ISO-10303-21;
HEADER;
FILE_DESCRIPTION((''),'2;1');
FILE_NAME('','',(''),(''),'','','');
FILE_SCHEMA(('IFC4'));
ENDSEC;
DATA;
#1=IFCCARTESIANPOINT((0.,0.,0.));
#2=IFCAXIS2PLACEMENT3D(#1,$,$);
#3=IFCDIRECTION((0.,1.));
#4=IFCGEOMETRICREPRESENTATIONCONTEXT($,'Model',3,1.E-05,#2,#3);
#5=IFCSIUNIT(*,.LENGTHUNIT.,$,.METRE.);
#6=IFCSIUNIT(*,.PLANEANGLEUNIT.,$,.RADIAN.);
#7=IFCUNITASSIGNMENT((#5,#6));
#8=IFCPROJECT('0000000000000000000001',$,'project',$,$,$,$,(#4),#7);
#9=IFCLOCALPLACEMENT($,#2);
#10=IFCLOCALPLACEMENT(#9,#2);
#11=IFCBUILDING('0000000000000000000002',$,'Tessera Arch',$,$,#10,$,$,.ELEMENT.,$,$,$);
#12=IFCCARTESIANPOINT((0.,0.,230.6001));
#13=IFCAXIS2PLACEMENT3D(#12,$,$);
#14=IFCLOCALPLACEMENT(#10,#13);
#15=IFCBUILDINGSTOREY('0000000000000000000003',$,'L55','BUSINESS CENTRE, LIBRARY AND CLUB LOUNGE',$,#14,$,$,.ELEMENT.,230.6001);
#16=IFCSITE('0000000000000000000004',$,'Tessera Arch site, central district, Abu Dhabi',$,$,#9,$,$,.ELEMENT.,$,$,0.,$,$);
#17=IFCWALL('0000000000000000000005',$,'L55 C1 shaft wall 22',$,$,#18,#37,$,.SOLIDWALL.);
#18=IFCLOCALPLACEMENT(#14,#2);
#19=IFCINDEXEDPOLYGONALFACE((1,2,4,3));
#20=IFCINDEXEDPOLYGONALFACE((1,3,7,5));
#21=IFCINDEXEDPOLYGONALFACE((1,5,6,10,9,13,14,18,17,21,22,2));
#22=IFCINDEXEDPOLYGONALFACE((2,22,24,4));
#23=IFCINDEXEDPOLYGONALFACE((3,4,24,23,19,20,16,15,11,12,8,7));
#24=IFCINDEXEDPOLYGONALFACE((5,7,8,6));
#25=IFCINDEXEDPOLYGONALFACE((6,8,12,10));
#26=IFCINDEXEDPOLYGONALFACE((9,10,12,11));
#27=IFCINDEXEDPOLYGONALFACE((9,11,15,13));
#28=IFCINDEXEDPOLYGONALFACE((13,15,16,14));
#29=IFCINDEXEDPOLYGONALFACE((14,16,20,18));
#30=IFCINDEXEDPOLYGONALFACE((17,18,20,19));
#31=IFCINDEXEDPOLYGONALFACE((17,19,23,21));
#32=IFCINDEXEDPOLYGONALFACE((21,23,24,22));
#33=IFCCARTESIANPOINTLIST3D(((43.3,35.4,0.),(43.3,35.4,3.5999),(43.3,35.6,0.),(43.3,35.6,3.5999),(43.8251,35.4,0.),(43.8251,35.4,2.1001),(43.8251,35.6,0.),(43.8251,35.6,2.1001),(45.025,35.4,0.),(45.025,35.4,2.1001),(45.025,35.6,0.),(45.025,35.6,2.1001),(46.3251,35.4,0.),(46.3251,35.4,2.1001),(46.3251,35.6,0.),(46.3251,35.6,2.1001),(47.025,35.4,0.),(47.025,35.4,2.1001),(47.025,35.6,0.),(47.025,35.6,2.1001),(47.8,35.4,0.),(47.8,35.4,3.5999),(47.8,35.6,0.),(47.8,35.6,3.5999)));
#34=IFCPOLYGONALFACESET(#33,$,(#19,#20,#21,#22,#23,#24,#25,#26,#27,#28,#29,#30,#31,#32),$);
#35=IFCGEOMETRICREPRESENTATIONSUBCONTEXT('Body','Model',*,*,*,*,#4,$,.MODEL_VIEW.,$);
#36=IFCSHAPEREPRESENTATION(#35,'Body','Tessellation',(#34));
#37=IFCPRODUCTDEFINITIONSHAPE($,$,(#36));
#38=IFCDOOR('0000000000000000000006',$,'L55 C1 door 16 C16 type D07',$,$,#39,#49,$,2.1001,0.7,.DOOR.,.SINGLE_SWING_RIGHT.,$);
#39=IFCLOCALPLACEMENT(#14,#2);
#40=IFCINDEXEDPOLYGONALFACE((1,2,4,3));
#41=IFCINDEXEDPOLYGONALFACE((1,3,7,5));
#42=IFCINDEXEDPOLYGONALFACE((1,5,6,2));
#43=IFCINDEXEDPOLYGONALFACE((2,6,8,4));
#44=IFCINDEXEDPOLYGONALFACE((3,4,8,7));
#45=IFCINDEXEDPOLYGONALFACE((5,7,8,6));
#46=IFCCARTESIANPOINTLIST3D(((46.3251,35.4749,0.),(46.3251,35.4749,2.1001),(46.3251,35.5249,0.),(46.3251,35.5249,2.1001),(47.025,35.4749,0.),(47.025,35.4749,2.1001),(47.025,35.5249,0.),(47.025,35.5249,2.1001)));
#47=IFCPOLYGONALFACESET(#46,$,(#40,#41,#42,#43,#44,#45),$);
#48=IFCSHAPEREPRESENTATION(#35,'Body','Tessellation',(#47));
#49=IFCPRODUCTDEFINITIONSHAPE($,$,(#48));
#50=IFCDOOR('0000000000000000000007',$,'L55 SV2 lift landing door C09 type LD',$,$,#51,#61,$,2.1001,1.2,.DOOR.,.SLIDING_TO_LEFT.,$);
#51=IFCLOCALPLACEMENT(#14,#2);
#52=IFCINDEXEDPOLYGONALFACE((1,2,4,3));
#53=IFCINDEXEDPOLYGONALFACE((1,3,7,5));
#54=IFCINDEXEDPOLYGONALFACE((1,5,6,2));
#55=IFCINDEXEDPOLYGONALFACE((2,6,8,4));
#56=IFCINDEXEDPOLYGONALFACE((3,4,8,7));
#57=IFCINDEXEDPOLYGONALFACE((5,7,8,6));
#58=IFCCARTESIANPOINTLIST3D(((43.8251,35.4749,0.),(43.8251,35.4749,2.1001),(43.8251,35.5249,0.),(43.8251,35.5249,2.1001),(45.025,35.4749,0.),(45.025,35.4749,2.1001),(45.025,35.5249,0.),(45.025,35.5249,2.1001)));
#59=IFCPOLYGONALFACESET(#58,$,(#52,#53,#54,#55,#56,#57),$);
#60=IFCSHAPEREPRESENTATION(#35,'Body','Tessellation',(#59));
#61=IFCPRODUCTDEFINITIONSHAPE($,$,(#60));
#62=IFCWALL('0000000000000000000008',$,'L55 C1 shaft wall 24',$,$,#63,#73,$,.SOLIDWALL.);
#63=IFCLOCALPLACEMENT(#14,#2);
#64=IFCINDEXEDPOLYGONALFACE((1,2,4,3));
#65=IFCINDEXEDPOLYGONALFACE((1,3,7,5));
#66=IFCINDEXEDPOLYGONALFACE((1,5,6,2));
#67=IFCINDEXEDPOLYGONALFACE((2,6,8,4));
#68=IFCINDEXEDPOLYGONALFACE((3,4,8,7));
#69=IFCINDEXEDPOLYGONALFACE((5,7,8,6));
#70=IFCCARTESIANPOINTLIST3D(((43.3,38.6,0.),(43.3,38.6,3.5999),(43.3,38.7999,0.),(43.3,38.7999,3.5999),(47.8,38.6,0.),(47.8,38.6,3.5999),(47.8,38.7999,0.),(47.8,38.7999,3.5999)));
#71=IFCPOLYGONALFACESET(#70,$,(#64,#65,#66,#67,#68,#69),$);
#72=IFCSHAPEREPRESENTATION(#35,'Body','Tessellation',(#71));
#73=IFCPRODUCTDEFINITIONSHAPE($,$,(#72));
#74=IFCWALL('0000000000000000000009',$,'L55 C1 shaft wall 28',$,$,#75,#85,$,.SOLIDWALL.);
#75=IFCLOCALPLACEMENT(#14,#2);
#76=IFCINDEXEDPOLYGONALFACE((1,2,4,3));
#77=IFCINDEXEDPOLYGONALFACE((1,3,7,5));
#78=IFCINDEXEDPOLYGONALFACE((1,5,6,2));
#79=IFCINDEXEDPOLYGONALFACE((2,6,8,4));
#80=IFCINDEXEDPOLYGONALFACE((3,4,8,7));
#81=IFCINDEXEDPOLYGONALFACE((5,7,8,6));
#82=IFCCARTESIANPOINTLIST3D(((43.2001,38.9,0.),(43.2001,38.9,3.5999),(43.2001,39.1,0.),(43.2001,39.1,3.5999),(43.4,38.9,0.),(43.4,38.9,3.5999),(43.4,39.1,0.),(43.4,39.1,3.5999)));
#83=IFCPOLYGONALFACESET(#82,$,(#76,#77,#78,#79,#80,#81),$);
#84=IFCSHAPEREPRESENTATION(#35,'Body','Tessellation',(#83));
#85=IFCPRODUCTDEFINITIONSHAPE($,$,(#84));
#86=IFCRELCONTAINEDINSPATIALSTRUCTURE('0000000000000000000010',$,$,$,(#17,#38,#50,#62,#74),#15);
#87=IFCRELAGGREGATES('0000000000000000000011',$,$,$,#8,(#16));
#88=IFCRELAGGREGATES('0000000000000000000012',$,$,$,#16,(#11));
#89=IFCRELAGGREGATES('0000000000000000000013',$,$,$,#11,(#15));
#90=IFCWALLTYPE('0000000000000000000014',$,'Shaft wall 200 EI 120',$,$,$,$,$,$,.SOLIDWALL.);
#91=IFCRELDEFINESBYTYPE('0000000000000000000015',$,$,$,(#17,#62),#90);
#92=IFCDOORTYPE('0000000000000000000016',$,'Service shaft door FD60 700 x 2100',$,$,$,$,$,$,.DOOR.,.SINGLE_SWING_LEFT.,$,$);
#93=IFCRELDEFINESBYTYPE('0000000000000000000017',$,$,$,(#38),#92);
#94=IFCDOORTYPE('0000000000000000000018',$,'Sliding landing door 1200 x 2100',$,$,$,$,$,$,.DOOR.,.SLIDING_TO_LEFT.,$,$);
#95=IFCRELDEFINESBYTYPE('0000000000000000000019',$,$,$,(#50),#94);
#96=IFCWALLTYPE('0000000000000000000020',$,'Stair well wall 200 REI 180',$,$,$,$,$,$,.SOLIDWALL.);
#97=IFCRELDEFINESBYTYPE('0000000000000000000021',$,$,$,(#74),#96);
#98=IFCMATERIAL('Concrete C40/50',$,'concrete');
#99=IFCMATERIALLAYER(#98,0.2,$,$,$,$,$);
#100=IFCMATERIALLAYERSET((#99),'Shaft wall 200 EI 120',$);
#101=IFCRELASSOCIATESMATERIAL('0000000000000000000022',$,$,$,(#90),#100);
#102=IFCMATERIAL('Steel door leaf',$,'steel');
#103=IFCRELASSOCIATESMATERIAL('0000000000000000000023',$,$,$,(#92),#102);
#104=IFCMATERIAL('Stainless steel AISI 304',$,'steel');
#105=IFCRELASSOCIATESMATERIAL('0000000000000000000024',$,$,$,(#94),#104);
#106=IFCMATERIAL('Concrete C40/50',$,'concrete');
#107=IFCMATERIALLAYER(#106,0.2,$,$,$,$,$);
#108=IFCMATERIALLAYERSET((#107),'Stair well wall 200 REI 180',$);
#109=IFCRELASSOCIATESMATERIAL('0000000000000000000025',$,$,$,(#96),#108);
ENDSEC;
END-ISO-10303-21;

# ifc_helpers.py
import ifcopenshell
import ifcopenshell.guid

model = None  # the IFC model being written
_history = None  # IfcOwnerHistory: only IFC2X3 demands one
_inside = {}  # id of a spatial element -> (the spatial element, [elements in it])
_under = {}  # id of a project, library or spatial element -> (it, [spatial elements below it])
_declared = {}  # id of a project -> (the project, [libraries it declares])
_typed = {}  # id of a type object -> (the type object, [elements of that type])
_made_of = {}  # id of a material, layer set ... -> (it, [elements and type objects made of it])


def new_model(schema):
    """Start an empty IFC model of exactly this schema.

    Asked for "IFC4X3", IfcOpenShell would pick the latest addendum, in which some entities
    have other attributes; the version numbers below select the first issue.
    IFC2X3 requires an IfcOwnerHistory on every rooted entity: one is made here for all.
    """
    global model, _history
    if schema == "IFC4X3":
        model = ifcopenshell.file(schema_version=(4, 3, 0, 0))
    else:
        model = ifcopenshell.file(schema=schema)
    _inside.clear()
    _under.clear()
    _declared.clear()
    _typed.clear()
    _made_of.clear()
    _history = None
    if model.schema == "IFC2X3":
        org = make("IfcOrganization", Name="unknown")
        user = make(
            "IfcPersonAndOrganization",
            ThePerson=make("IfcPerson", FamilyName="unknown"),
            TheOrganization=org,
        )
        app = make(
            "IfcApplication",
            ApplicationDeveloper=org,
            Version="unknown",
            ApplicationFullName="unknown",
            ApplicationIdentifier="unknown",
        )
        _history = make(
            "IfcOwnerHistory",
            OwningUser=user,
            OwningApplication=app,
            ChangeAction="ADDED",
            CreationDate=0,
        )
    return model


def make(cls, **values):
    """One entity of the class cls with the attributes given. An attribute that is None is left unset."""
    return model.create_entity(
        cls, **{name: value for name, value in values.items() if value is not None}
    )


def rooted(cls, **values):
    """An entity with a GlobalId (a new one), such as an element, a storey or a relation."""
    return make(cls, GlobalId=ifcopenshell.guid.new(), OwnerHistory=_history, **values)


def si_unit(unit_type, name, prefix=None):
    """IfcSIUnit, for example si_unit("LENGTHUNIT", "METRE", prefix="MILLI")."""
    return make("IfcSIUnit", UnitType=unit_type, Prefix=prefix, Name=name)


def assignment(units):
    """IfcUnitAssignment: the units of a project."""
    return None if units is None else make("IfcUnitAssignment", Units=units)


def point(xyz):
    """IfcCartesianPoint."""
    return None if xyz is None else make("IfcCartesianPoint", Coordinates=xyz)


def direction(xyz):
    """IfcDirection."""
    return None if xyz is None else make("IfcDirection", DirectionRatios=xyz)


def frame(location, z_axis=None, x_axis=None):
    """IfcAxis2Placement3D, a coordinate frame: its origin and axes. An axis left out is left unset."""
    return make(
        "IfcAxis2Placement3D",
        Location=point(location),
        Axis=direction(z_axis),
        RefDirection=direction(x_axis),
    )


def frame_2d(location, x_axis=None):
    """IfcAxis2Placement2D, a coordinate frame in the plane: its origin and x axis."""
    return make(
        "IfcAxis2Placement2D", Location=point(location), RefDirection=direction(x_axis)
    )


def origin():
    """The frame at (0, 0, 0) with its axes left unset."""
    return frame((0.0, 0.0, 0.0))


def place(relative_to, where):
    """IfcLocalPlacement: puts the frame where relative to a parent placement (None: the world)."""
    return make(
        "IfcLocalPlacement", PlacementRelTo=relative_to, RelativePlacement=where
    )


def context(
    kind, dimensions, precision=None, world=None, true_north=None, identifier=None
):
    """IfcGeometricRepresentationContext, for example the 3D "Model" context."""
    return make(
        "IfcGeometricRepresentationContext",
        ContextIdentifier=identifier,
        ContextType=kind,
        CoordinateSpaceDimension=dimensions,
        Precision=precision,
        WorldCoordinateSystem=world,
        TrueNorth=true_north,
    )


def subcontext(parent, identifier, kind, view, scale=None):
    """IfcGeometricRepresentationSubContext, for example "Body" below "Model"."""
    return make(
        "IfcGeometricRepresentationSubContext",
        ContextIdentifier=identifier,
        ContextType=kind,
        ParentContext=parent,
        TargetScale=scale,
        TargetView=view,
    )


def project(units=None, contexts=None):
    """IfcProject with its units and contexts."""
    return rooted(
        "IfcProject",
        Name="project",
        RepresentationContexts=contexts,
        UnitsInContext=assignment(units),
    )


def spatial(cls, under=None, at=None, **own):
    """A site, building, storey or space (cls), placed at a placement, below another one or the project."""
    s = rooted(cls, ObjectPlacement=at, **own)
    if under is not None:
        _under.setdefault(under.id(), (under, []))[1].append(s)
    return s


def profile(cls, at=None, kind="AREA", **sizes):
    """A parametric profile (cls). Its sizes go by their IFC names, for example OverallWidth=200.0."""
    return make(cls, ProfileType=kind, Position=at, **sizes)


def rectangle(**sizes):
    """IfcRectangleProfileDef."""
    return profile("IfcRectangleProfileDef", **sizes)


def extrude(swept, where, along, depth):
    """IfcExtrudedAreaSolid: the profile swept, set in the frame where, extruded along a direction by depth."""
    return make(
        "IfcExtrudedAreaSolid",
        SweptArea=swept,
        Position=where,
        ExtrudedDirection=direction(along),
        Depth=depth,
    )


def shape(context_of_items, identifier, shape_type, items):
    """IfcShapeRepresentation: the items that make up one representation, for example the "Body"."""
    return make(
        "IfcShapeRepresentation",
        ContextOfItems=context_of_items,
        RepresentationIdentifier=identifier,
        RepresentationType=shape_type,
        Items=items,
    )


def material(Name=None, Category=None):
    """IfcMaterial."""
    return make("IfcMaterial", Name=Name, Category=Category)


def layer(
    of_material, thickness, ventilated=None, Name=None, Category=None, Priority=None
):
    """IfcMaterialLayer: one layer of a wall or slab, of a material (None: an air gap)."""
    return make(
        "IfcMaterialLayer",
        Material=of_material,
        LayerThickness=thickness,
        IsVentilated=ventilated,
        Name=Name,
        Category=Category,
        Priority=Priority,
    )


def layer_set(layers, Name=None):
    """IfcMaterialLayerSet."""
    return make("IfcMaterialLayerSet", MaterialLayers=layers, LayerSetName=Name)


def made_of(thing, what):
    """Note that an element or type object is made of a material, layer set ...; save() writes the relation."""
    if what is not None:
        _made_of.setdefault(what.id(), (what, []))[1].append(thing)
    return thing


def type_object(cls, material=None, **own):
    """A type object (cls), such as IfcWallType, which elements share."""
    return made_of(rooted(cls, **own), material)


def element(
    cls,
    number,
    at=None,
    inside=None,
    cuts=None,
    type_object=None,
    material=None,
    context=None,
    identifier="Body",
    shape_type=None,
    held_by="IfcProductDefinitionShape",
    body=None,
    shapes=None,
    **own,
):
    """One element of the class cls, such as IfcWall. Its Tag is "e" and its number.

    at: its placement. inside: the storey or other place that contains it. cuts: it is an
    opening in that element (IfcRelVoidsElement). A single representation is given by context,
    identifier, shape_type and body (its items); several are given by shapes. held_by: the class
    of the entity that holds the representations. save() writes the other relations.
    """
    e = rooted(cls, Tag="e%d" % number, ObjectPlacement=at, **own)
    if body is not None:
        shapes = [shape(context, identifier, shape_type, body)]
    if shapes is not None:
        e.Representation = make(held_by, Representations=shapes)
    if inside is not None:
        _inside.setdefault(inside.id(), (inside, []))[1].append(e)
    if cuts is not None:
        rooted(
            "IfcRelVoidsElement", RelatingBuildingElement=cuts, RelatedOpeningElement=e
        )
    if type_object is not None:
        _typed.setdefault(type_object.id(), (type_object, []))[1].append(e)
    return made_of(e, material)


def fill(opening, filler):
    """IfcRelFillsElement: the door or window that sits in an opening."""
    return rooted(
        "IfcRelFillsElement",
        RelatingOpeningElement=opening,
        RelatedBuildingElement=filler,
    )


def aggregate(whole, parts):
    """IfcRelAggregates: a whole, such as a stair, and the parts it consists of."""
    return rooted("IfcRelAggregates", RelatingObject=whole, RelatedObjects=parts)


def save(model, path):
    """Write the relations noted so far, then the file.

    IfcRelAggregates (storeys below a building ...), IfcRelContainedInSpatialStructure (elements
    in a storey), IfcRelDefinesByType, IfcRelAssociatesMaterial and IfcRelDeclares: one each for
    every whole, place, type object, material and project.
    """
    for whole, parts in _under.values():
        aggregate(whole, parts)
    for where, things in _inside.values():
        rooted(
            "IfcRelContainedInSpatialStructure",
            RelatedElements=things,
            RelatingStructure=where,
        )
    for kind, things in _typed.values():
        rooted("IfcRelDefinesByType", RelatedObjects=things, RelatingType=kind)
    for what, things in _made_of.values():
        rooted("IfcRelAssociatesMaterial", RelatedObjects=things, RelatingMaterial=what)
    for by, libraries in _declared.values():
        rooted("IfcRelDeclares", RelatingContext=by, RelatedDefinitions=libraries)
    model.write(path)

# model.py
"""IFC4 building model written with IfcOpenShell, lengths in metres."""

from ifc_helpers import new_model, si_unit, direction, frame, frame_2d, origin, place, context, subcontext, project, spatial, rectangle, extrude, material, layer, layer_set, type_object, element, fill, save


model = new_model("IFC4")

# Units and contexts
model_context = context("Model", 3, precision=1e-05, world=origin(), true_north=direction((0.0, 1.0)))
body_context = subcontext(model_context, "Body", "Model", "MODEL_VIEW")
ifc_project = project(units=[si_unit("LENGTHUNIT", "METRE"), si_unit("PLANEANGLEUNIT", "RADIAN")], contexts=[model_context])

# Site, building, storey
site_placement = place(None, origin())
site = spatial("IfcSite", under=ifc_project, at=site_placement, Name="Tessera Arch site, central district, Abu Dhabi", CompositionType="ELEMENT", RefElevation=0.0)
building_placement = place(site_placement, origin())
building = spatial("IfcBuilding", under=site, at=building_placement, Name="Tessera Arch", CompositionType="ELEMENT")
storey_placement = place(building_placement, frame((0.0, 0.0, 230.6001)))
storey = spatial("IfcBuildingStorey", under=building, at=storey_placement, Name="L55", Description="BUSINESS CENTRE, LIBRARY AND CLUB LOUNGE", CompositionType="ELEMENT", Elevation=230.6001)

# Shared definitions
ifc_material_1 = material(Name="Concrete C40/50", Category="concrete")
ifc_layer_1 = layer(ifc_material_1, 0.2)
ifc_layer_set_1 = layer_set([ifc_layer_1], Name="Shaft wall 200 EI 120")
wall_type_1 = type_object("IfcWallType", Name="Shaft wall 200 EI 120", PredefinedType="SOLIDWALL", material=ifc_layer_set_1)

# Wall, openings, doors
wall_1_placement = place(storey_placement, frame((43.3, 35.5, 0.0), z_axis=(0.0, 0.0, 1.0), x_axis=(1.0, 0.0, 0.0)))
wall_1 = element("IfcWall", 1, at=wall_1_placement, inside=storey, type_object=wall_type_1, Name="L55 C1 shaft wall 22", PredefinedType="SOLIDWALL", context=body_context, shape_type="SweptSolid", body=[
    extrude(rectangle(XDim=4.5, YDim=0.2, at=frame_2d((2.25, 0.0))), origin(), (0.0, 0.0, 1.0), 3.5999),
])
opening_1_placement = place(wall_1_placement, frame((0.5249, 0.0, 0.0)))
opening_1 = element("IfcOpeningElement", 2, at=opening_1_placement, cuts=wall_1, PredefinedType="OPENING", context=body_context, shape_type="SweptSolid", body=[
    extrude(rectangle(XDim=1.2, YDim=2.1001, at=frame_2d((0.6001, 1.05))), frame((0.0, 0.1099, 0.0), z_axis=(0.0, -1.0, 0.0), x_axis=(1.0, 0.0, 0.0)), (0.0, 0.0, 1.0), 0.22),
])
opening_2_placement = place(wall_1_placement, frame((3.0249, 0.0, 0.0)))
opening_2 = element("IfcOpeningElement", 3, at=opening_2_placement, cuts=wall_1, PredefinedType="OPENING", context=body_context, shape_type="SweptSolid", body=[
    extrude(rectangle(XDim=0.7, YDim=2.1001, at=frame_2d((0.3501, 1.05))), frame((0.0, 0.1099, 0.0), z_axis=(0.0, -1.0, 0.0), x_axis=(1.0, 0.0, 0.0)), (0.0, 0.0, 1.0), 0.22),
])
ifc_material_2 = material(Name="Steel door leaf", Category="steel")
door_type_1 = type_object("IfcDoorType", Name="Service shaft door FD60 700 x 2100", OperationType="SINGLE_SWING_LEFT", PredefinedType="DOOR", material=ifc_material_2)
door_1_placement = place(opening_2_placement, origin())
door_1 = element("IfcDoor", 4, at=door_1_placement, inside=storey, type_object=door_type_1, Name="L55 C1 door 16 C16 type D07", OperationType="SINGLE_SWING_RIGHT", OverallHeight=2.1001, OverallWidth=0.7, PredefinedType="DOOR", context=body_context, shape_type="SweptSolid", body=[
    extrude(rectangle(XDim=0.7, YDim=2.1001, at=frame_2d((0.3501, 1.05))), frame((0.0, 0.0249, 0.0), z_axis=(0.0, -1.0, 0.0), x_axis=(1.0, 0.0, 0.0)), (0.0, 0.0, 1.0), 0.05),
])
fill(opening_2, door_1)
ifc_material_3 = material(Name="Stainless steel AISI 304", Category="steel")
door_type_2 = type_object("IfcDoorType", Name="Sliding landing door 1200 x 2100", OperationType="SLIDING_TO_LEFT", PredefinedType="DOOR", material=ifc_material_3)
door_2_placement = place(opening_1_placement, origin())
door_2 = element("IfcDoor", 5, at=door_2_placement, inside=storey, type_object=door_type_2, Name="L55 SV2 lift landing door C09 type LD", OperationType="SLIDING_TO_LEFT", OverallHeight=2.1001, OverallWidth=1.2, PredefinedType="DOOR", context=body_context, shape_type="SweptSolid", body=[
    extrude(rectangle(XDim=1.2, YDim=2.1001, at=frame_2d((0.6001, 1.05))), frame((0.0, 0.0249, 0.0), z_axis=(0.0, -1.0, 0.0), x_axis=(1.0, 0.0, 0.0)), (0.0, 0.0, 1.0), 0.05),
])
fill(opening_1, door_2)

# Walls
wall_2_placement = place(storey_placement, frame((43.3, 38.7, 0.0), z_axis=(0.0, 0.0, 1.0), x_axis=(1.0, 0.0, 0.0)))
element("IfcWall", 6, at=wall_2_placement, inside=storey, type_object=wall_type_1, Name="L55 C1 shaft wall 24", PredefinedType="SOLIDWALL", context=body_context, shape_type="SweptSolid", body=[
    extrude(rectangle(XDim=4.5, YDim=0.2, at=frame_2d((2.25, 0.0))), origin(), (0.0, 0.0, 1.0), 3.5999),
])
ifc_material_4 = material(Name="Concrete C40/50", Category="concrete")
ifc_layer_2 = layer(ifc_material_4, 0.2)
ifc_layer_set_2 = layer_set([ifc_layer_2], Name="Stair well wall 200 REI 180")
wall_type_2 = type_object("IfcWallType", Name="Stair well wall 200 REI 180", PredefinedType="SOLIDWALL", material=ifc_layer_set_2)
wall_3_placement = place(storey_placement, frame((43.2, 39.0, 0.0), z_axis=(0.0, 0.0, 1.0), x_axis=(1.0, 0.0, 0.0)))
element("IfcWall", 7, at=wall_3_placement, inside=storey, type_object=wall_type_2, Name="L55 C1 shaft wall 28", PredefinedType="SOLIDWALL", context=body_context, shape_type="SweptSolid", body=[
    extrude(rectangle(XDim=0.2, YDim=0.2, at=frame_2d((0.1001, 0.0))), origin(), (0.0, 0.0, 1.0), 3.5999),
])

save(model, "model.ifc")
